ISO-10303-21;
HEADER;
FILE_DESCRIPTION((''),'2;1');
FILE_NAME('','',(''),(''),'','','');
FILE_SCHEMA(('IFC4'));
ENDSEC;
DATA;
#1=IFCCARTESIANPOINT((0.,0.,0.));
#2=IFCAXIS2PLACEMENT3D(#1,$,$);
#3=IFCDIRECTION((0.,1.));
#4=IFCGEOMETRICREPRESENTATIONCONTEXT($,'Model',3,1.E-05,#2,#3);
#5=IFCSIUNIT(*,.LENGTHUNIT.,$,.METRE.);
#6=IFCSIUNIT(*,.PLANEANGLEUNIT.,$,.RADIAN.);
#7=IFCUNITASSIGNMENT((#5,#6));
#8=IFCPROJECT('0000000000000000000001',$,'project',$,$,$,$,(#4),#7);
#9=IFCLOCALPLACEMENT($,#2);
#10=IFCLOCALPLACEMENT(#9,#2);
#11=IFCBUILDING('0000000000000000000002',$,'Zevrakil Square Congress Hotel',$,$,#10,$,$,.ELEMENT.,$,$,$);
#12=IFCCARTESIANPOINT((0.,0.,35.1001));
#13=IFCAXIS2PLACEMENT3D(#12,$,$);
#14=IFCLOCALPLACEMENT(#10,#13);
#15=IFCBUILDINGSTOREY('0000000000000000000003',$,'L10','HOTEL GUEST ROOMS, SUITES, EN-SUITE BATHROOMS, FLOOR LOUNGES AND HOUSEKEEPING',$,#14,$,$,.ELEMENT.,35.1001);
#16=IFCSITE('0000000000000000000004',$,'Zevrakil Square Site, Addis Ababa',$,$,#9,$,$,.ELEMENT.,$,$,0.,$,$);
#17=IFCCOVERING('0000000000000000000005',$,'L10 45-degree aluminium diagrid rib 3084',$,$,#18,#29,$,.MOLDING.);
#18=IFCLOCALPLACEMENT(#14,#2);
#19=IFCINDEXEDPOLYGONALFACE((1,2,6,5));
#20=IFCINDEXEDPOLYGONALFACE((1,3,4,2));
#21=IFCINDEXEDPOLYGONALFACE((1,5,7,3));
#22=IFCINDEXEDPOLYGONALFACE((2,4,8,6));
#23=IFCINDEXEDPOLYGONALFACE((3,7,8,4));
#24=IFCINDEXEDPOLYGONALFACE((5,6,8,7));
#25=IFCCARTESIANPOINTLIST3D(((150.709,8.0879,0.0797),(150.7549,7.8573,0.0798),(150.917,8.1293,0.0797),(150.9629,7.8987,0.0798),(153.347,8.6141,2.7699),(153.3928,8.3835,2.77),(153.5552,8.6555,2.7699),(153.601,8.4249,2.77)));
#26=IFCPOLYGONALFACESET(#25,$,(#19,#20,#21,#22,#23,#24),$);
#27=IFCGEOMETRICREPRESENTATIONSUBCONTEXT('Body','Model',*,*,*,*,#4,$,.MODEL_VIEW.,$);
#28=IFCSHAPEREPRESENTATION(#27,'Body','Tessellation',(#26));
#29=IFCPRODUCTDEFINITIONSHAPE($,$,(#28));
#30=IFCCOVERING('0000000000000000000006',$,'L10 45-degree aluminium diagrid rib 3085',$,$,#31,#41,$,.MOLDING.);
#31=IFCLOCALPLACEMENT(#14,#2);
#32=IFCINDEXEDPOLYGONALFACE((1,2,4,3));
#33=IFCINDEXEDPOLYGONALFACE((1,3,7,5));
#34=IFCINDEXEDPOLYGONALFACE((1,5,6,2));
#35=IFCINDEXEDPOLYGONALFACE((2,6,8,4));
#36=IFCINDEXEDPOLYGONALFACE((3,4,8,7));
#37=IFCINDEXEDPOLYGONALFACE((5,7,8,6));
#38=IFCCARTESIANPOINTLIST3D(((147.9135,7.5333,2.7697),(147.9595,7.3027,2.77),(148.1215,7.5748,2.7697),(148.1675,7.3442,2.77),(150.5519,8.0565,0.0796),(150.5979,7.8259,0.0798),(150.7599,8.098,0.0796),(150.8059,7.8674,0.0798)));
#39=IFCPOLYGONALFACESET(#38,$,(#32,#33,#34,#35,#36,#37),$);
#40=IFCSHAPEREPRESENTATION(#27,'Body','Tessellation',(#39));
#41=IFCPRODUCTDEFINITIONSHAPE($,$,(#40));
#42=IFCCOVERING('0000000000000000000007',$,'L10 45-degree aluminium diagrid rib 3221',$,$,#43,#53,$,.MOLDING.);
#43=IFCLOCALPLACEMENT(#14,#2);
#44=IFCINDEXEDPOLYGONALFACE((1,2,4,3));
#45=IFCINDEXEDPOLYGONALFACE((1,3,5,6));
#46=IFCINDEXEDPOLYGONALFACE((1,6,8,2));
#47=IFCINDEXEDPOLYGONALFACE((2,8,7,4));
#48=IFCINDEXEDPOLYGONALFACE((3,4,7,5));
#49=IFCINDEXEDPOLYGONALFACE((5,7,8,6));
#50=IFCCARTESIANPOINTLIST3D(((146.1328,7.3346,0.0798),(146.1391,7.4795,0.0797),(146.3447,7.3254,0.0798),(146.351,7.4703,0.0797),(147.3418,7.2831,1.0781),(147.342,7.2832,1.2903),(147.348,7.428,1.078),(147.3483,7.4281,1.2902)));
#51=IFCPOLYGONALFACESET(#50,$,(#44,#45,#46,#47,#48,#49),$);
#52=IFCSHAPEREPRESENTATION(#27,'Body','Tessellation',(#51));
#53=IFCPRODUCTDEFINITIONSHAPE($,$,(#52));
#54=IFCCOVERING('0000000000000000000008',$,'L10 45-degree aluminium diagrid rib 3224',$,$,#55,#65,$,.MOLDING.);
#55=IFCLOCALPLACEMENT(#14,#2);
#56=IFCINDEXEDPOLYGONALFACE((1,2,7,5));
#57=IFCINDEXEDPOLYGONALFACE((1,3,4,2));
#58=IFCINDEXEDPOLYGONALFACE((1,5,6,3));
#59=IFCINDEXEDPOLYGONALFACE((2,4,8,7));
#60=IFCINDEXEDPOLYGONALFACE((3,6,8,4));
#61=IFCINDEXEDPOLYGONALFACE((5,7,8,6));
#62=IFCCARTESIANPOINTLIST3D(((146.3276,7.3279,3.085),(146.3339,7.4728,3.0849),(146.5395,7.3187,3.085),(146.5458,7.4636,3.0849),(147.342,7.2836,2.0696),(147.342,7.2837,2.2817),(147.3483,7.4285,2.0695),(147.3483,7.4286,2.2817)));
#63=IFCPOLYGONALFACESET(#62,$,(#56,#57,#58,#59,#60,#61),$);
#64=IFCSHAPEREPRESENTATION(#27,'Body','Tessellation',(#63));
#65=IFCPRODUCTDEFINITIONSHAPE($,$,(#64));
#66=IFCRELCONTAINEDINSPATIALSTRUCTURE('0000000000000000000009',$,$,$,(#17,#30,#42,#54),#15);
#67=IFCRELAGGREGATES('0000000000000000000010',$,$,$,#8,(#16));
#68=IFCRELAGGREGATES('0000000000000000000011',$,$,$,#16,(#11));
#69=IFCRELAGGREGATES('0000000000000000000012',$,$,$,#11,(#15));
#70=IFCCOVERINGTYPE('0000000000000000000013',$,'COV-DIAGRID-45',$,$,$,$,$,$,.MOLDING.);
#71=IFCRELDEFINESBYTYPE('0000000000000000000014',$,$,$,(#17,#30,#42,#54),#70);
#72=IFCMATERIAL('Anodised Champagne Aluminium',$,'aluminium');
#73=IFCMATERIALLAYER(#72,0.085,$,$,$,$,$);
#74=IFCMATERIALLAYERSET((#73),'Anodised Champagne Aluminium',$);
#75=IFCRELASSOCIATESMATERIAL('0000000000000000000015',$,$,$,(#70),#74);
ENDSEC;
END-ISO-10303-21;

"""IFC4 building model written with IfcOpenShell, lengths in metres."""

from ifc_helpers import new_model, si_unit, direction, frame, origin, place, context, subcontext, project, spatial, polyline, outline, extrude, material, layer, layer_set, type_object, element, save


model = new_model("IFC4")

# Units and contexts
model_context = context("Model", 3, precision=1e-05, world=origin(), true_north=direction((0.0, 1.0)))
body_context = subcontext(model_context, "Body", "Model", "MODEL_VIEW")
ifc_project = project(units=[si_unit("LENGTHUNIT", "METRE"), si_unit("PLANEANGLEUNIT", "RADIAN")], contexts=[model_context])

# Site, building, storey
site_placement = place(None, origin())
site = spatial("IfcSite", under=ifc_project, at=site_placement, Name="Zevrakil Square Site, Addis Ababa", CompositionType="ELEMENT", RefElevation=0.0)
building_placement = place(site_placement, origin())
building = spatial("IfcBuilding", under=site, at=building_placement, Name="Zevrakil Square Congress Hotel", CompositionType="ELEMENT")
storey_placement = place(building_placement, frame((0.0, 0.0, 35.1001)))
storey = spatial("IfcBuildingStorey", under=building, at=storey_placement, Name="L10", Description="HOTEL GUEST ROOMS, SUITES, EN-SUITE BATHROOMS, FLOOR LOUNGES AND HOUSEKEEPING", CompositionType="ELEMENT", Elevation=35.1001)

# Coverings
ifc_material_1 = material(Name="Anodised Champagne Aluminium", Category="aluminium")
ifc_layer_1 = layer(ifc_material_1, 0.085)
ifc_layer_set_1 = layer_set([ifc_layer_1], Name="Anodised Champagne Aluminium")
covering_type_1 = type_object("IfcCoveringType", Name="COV-DIAGRID-45", PredefinedType="MOLDING", material=ifc_layer_set_1)
covering_1_placement = place(storey_placement, frame((150.9629, 7.8987, 0.0798), z_axis=(0.19501, -0.980801, 0.00063), x_axis=(-0.980801, -0.19501, 0.0)))
element("IfcCovering", 1, at=covering_1_placement, inside=storey, type_object=covering_type_1, Name="L10 45-degree aluminium diagrid rib 3084", PredefinedType="MOLDING", context=body_context, shape_type="SweptSolid", body=[
    extrude(outline(polyline([(0.0, 0.0), (0.2121, 0.0), (-2.4778, -2.6902), (-2.6901, -2.6902), (0.0, 0.0)])), origin(), (0.0, 0.0, -1.0), 0.2351),
])
covering_2_placement = place(storey_placement, frame((147.9595, 7.3027, 2.77), z_axis=(0.195673, -0.980668, 0.001186), x_axis=(0.980669, 0.195673, 0.0)))
element("IfcCovering", 2, at=covering_2_placement, inside=storey, type_object=covering_type_1, Name="L10 45-degree aluminium diagrid rib 3085", PredefinedType="MOLDING", context=body_context, shape_type="SweptSolid", body=[
    extrude(outline(polyline([(0.0, 0.0), (0.2121, 0.0), (2.9019, -2.6902), (2.6898, -2.6902), (0.0, 0.0)])), origin(), (0.0, 0.0, -1.0), 0.2351),
])
covering_3_placement = place(storey_placement, frame((146.3447, 7.3254, 0.0798), z_axis=(-0.04312, -0.99907, 0.000667), x_axis=(-0.99907, 0.04312, 0.0)))
element("IfcCovering", 3, at=covering_3_placement, inside=storey, type_object=covering_type_1, Name="L10 45-degree aluminium diagrid rib 3221", PredefinedType="MOLDING", context=body_context, shape_type="SweptSolid", body=[
    extrude(outline(polyline([(0.0, 0.0), (0.2121, 0.0), (-0.9982, -1.2104), (-0.998, -0.9983), (0.0, 0.0)])), origin(), (0.0, 0.0, -1.0), 0.145),
])
covering_4_placement = place(storey_placement, frame((146.3276, 7.3279, 3.085), z_axis=(-0.043109, -0.99907, 0.000521), x_axis=(0.99907, -0.043109, 0.0)))
element("IfcCovering", 4, at=covering_4_placement, inside=storey, type_object=covering_type_1, Name="L10 45-degree aluminium diagrid rib 3224", PredefinedType="MOLDING", context=body_context, shape_type="SweptSolid", body=[
    extrude(outline(polyline([(0.0, 0.0), (0.2121, 0.0), (1.0154, -0.8032), (1.0154, -1.0154), (0.0, 0.0)])), origin(), (0.0, 0.0, -1.0), 0.145),
])

save(model, "model.ifc")
